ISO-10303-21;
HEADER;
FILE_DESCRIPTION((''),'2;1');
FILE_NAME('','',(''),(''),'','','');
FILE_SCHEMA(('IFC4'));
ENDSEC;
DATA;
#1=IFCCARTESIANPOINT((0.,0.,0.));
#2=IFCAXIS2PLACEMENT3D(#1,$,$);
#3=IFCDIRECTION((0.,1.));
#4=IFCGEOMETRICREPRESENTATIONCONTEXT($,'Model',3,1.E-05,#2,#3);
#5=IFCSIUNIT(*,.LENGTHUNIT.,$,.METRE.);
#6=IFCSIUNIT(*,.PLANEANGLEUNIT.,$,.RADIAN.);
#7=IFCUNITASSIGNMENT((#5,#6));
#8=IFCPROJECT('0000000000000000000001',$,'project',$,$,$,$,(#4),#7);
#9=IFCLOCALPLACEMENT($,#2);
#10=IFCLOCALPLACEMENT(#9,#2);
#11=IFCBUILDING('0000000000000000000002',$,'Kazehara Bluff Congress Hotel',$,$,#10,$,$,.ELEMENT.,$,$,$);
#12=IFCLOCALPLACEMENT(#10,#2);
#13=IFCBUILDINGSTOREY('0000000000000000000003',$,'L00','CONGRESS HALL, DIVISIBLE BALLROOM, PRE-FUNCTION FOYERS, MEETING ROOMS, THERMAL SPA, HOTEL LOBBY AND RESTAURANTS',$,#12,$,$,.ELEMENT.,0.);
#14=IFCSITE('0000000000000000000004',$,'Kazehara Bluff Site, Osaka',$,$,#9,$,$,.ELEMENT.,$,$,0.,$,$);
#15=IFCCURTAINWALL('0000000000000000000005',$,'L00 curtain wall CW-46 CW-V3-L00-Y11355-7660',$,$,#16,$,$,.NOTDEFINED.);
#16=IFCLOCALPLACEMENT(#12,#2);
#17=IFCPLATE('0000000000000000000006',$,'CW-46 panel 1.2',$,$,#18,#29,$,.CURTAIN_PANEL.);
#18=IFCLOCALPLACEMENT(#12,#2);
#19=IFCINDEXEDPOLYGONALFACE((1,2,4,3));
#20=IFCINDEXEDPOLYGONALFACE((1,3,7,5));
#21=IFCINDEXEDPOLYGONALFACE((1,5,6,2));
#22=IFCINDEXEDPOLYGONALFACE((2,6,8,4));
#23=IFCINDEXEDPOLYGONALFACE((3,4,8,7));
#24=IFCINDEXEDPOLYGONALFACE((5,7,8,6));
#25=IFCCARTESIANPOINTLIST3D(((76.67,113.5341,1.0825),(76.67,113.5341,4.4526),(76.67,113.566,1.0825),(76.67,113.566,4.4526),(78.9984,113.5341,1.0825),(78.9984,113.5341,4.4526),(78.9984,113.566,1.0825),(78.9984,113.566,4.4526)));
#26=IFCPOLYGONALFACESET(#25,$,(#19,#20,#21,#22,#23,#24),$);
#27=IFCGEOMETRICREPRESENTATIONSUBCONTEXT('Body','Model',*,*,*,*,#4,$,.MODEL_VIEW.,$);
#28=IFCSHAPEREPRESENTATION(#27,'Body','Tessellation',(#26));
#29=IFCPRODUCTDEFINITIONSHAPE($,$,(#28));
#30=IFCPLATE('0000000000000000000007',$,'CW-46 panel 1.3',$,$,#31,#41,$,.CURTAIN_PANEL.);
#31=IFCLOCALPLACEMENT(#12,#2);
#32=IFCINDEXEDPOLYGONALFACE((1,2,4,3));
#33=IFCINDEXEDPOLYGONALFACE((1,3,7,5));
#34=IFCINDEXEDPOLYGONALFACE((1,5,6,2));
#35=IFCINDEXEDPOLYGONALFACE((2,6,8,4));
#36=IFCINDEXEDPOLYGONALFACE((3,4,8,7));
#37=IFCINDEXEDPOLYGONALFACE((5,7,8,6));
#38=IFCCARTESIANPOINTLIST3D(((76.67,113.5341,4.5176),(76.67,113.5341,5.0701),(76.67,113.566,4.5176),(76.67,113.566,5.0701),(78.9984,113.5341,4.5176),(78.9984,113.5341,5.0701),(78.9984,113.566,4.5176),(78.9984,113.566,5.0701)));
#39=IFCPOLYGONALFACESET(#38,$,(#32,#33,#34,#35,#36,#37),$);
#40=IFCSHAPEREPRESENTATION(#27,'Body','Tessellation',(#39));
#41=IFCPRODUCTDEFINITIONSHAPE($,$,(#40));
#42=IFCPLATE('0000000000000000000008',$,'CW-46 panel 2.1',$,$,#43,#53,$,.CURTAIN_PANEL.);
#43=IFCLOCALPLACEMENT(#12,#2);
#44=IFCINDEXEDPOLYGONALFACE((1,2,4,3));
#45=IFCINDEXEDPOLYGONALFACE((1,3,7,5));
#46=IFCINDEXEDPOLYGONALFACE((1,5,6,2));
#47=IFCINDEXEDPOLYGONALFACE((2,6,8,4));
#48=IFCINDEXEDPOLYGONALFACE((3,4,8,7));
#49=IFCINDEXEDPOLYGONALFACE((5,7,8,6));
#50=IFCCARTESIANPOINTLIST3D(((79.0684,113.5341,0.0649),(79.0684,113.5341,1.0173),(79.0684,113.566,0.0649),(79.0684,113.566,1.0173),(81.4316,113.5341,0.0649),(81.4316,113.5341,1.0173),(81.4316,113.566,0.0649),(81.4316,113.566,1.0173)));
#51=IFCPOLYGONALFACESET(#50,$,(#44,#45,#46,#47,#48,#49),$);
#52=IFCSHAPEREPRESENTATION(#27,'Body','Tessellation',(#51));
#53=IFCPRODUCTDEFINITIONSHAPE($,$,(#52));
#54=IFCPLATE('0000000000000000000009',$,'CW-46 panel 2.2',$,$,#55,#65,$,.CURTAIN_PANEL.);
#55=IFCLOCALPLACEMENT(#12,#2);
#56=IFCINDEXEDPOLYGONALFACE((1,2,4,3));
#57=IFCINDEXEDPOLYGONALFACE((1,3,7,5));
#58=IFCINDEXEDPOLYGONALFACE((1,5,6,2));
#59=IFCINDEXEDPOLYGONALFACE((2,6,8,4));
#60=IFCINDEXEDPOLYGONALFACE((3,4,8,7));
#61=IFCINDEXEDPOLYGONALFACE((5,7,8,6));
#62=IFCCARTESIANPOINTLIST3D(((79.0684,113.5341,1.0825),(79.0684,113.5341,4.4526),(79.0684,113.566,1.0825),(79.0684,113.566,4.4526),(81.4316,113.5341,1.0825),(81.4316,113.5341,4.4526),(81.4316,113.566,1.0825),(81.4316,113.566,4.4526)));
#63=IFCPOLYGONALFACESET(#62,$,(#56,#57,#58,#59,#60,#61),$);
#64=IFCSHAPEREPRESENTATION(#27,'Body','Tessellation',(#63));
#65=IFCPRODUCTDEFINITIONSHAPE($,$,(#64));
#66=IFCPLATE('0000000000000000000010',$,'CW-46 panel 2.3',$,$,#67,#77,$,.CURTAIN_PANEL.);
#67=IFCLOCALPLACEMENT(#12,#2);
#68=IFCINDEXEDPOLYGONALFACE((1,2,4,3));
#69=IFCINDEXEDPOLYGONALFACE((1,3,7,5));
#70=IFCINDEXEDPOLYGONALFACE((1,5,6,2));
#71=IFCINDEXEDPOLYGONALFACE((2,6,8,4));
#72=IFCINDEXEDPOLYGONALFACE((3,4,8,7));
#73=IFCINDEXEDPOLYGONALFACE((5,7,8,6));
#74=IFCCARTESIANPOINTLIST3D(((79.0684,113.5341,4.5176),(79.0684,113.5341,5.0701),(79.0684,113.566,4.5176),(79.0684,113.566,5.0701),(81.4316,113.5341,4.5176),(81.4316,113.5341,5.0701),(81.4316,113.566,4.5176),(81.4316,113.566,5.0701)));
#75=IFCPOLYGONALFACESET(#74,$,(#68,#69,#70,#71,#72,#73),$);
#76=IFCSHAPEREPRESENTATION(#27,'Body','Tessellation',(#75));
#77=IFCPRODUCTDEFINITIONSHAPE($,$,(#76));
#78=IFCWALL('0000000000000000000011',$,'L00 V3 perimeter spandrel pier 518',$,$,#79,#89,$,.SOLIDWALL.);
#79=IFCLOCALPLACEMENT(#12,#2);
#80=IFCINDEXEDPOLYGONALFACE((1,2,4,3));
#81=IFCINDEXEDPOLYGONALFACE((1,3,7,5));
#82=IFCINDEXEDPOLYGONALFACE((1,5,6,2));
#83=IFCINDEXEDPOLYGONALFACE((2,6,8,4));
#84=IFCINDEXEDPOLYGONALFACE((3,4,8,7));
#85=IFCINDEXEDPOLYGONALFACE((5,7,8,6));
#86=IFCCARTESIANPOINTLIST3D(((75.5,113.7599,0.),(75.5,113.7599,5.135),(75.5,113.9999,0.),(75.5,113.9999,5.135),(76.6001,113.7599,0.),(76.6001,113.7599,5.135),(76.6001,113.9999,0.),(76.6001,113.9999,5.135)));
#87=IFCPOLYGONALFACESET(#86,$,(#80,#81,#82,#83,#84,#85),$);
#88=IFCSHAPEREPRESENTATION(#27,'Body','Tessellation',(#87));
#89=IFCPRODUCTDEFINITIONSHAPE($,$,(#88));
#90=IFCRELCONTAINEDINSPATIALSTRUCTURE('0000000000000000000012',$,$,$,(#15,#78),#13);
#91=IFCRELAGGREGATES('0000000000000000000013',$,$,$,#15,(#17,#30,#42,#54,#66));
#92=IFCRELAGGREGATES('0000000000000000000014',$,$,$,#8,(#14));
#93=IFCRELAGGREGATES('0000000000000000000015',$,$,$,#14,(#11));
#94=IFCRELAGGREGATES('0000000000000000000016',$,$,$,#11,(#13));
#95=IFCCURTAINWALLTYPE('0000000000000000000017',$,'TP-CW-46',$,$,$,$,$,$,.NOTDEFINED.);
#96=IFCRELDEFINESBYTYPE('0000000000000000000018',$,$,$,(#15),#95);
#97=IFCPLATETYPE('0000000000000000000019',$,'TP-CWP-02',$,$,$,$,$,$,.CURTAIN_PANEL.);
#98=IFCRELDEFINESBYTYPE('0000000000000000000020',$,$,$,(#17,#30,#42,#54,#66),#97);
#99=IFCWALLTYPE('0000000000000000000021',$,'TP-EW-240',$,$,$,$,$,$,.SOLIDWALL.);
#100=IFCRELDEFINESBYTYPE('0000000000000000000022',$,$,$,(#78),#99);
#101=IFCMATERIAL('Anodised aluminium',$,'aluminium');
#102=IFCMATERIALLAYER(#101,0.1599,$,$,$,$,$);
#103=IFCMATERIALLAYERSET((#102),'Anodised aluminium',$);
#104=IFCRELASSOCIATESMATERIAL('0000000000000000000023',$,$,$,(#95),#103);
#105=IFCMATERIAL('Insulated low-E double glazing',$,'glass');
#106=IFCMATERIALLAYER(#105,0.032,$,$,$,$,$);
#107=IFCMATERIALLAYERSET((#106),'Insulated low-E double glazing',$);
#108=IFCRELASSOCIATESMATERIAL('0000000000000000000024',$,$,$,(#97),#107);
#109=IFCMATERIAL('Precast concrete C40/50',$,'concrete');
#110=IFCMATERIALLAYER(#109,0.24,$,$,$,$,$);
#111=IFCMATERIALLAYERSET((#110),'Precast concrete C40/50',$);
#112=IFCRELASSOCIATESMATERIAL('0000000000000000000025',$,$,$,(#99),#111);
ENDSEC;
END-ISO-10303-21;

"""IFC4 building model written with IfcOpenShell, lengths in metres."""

from ifc_helpers import new_model, si_unit, direction, frame, frame_2d, origin, origin_2d, place, context, subcontext, project, spatial, rectangle, extrude, material, layer, layer_set, type_object, element, aggregate, save


model = new_model("IFC4")

# Units and contexts
model_context = context("Model", 3, precision=1e-05, world=origin(), true_north=direction((0.0, 1.0)))
body_context = subcontext(model_context, "Body", "Model", "MODEL_VIEW")
ifc_project = project(units=[si_unit("LENGTHUNIT", "METRE"), si_unit("PLANEANGLEUNIT", "RADIAN")], contexts=[model_context])

# Site, building, storey
site_placement = place(None, origin())
site = spatial("IfcSite", under=ifc_project, at=site_placement, Name="Kazehara Bluff Site, Osaka", CompositionType="ELEMENT", RefElevation=0.0)
building_placement = place(site_placement, origin())
building = spatial("IfcBuilding", under=site, at=building_placement, Name="Kazehara Bluff Congress Hotel", CompositionType="ELEMENT")
storey_placement = place(building_placement, origin())
storey = spatial("IfcBuildingStorey", under=building, at=storey_placement, Name="L00", Description="CONGRESS HALL, DIVISIBLE BALLROOM, PRE-FUNCTION FOYERS, MEETING ROOMS, THERMAL SPA, HOTEL LOBBY AND RESTAURANTS", CompositionType="ELEMENT", Elevation=0.0)

# Curtain wall
ifc_material_1 = material(Name="Anodised aluminium", Category="aluminium")
ifc_layer_1 = layer(ifc_material_1, 0.1599)
ifc_layer_set_1 = layer_set([ifc_layer_1], Name="Anodised aluminium")
curtain_wall_type_1 = type_object("IfcCurtainWallType", Name="TP-CW-46", PredefinedType="NOTDEFINED", material=ifc_layer_set_1)
curtain_wall_1_placement = place(storey_placement, origin())
curtain_wall_1 = element("IfcCurtainWall", 1, at=curtain_wall_1_placement, inside=storey, type_object=curtain_wall_type_1, Name="L00 curtain wall CW-46 CW-V3-L00-Y11355-7660", PredefinedType="NOTDEFINED")

# Plates
ifc_material_2 = material(Name="Insulated low-E double glazing", Category="glass")
ifc_layer_2 = layer(ifc_material_2, 0.032)
ifc_layer_set_2 = layer_set([ifc_layer_2], Name="Insulated low-E double glazing")
plate_type = type_object("IfcPlateType", Name="TP-CWP-02", PredefinedType="CURTAIN_PANEL", material=ifc_layer_set_2)
plate_1_placement = place(storey_placement, frame((77.8342, 113.55, 1.0825), z_axis=(0.0, 0.0, 1.0), x_axis=(1.0, 0.0, 0.0)))
plate_1 = element("IfcPlate", 2, at=plate_1_placement, type_object=plate_type, Name="CW-46 panel 1.2", PredefinedType="CURTAIN_PANEL", context=body_context, shape_type="SweptSolid", body=[
    extrude(rectangle(XDim=2.3284, YDim=0.032, at=origin_2d()), origin(), (0.0, 0.0, 1.0), 3.3701),
])
plate_2_placement = place(storey_placement, frame((77.8342, 113.55, 4.5176), z_axis=(0.0, 0.0, 1.0), x_axis=(1.0, 0.0, 0.0)))
plate_2 = element("IfcPlate", 3, at=plate_2_placement, type_object=plate_type, Name="CW-46 panel 1.3", PredefinedType="CURTAIN_PANEL", context=body_context, shape_type="SweptSolid", body=[
    extrude(rectangle(XDim=2.3284, YDim=0.032, at=origin_2d()), origin(), (0.0, 0.0, 1.0), 0.5525),
])
plate_3_placement = place(storey_placement, frame((80.25, 113.55, 0.0649), z_axis=(0.0, 0.0, 1.0), x_axis=(1.0, 0.0, 0.0)))
plate_3 = element("IfcPlate", 4, at=plate_3_placement, type_object=plate_type, Name="CW-46 panel 2.1", PredefinedType="CURTAIN_PANEL", context=body_context, shape_type="SweptSolid", body=[
    extrude(rectangle(XDim=2.3633, YDim=0.032, at=origin_2d()), origin(), (0.0, 0.0, 1.0), 0.9524),
])
plate_4_placement = place(storey_placement, frame((80.25, 113.55, 1.0825), z_axis=(0.0, 0.0, 1.0), x_axis=(1.0, 0.0, 0.0)))
plate_4 = element("IfcPlate", 5, at=plate_4_placement, type_object=plate_type, Name="CW-46 panel 2.2", PredefinedType="CURTAIN_PANEL", context=body_context, shape_type="SweptSolid", body=[
    extrude(rectangle(XDim=2.3633, YDim=0.032, at=origin_2d()), origin(), (0.0, 0.0, 1.0), 3.3701),
])
plate_5_placement = place(storey_placement, frame((80.25, 113.55, 4.5176), z_axis=(0.0, 0.0, 1.0), x_axis=(1.0, 0.0, 0.0)))
plate_5 = element("IfcPlate", 6, at=plate_5_placement, type_object=plate_type, Name="CW-46 panel 2.3", PredefinedType="CURTAIN_PANEL", context=body_context, shape_type="SweptSolid", body=[
    extrude(rectangle(XDim=2.3633, YDim=0.032, at=origin_2d()), origin(), (0.0, 0.0, 1.0), 0.5525),
])
aggregate(curtain_wall_1, [plate_1, plate_2, plate_3, plate_4, plate_5])

# Wall
ifc_material_3 = material(Name="Precast concrete C40/50", Category="concrete")
ifc_layer_3 = layer(ifc_material_3, 0.24)
ifc_layer_set_3 = layer_set([ifc_layer_3], Name="Precast concrete C40/50")
wall_type = type_object("IfcWallType", Name="TP-EW-240", PredefinedType="SOLIDWALL", material=ifc_layer_set_3)
wall_placement = place(storey_placement, frame((75.5, 113.8799, 0.0), z_axis=(0.0, 0.0, 1.0), x_axis=(1.0, 0.0, 0.0)))
element("IfcWall", 7, at=wall_placement, inside=storey, type_object=wall_type, Name="L00 V3 perimeter spandrel pier 518", PredefinedType="SOLIDWALL", context=body_context, shape_type="SweptSolid", body=[
    extrude(rectangle(XDim=1.1001, YDim=0.24, at=frame_2d((0.55, 0.0))), origin(), (0.0, 0.0, 1.0), 5.135),
])

save(model, "model.ifc")
